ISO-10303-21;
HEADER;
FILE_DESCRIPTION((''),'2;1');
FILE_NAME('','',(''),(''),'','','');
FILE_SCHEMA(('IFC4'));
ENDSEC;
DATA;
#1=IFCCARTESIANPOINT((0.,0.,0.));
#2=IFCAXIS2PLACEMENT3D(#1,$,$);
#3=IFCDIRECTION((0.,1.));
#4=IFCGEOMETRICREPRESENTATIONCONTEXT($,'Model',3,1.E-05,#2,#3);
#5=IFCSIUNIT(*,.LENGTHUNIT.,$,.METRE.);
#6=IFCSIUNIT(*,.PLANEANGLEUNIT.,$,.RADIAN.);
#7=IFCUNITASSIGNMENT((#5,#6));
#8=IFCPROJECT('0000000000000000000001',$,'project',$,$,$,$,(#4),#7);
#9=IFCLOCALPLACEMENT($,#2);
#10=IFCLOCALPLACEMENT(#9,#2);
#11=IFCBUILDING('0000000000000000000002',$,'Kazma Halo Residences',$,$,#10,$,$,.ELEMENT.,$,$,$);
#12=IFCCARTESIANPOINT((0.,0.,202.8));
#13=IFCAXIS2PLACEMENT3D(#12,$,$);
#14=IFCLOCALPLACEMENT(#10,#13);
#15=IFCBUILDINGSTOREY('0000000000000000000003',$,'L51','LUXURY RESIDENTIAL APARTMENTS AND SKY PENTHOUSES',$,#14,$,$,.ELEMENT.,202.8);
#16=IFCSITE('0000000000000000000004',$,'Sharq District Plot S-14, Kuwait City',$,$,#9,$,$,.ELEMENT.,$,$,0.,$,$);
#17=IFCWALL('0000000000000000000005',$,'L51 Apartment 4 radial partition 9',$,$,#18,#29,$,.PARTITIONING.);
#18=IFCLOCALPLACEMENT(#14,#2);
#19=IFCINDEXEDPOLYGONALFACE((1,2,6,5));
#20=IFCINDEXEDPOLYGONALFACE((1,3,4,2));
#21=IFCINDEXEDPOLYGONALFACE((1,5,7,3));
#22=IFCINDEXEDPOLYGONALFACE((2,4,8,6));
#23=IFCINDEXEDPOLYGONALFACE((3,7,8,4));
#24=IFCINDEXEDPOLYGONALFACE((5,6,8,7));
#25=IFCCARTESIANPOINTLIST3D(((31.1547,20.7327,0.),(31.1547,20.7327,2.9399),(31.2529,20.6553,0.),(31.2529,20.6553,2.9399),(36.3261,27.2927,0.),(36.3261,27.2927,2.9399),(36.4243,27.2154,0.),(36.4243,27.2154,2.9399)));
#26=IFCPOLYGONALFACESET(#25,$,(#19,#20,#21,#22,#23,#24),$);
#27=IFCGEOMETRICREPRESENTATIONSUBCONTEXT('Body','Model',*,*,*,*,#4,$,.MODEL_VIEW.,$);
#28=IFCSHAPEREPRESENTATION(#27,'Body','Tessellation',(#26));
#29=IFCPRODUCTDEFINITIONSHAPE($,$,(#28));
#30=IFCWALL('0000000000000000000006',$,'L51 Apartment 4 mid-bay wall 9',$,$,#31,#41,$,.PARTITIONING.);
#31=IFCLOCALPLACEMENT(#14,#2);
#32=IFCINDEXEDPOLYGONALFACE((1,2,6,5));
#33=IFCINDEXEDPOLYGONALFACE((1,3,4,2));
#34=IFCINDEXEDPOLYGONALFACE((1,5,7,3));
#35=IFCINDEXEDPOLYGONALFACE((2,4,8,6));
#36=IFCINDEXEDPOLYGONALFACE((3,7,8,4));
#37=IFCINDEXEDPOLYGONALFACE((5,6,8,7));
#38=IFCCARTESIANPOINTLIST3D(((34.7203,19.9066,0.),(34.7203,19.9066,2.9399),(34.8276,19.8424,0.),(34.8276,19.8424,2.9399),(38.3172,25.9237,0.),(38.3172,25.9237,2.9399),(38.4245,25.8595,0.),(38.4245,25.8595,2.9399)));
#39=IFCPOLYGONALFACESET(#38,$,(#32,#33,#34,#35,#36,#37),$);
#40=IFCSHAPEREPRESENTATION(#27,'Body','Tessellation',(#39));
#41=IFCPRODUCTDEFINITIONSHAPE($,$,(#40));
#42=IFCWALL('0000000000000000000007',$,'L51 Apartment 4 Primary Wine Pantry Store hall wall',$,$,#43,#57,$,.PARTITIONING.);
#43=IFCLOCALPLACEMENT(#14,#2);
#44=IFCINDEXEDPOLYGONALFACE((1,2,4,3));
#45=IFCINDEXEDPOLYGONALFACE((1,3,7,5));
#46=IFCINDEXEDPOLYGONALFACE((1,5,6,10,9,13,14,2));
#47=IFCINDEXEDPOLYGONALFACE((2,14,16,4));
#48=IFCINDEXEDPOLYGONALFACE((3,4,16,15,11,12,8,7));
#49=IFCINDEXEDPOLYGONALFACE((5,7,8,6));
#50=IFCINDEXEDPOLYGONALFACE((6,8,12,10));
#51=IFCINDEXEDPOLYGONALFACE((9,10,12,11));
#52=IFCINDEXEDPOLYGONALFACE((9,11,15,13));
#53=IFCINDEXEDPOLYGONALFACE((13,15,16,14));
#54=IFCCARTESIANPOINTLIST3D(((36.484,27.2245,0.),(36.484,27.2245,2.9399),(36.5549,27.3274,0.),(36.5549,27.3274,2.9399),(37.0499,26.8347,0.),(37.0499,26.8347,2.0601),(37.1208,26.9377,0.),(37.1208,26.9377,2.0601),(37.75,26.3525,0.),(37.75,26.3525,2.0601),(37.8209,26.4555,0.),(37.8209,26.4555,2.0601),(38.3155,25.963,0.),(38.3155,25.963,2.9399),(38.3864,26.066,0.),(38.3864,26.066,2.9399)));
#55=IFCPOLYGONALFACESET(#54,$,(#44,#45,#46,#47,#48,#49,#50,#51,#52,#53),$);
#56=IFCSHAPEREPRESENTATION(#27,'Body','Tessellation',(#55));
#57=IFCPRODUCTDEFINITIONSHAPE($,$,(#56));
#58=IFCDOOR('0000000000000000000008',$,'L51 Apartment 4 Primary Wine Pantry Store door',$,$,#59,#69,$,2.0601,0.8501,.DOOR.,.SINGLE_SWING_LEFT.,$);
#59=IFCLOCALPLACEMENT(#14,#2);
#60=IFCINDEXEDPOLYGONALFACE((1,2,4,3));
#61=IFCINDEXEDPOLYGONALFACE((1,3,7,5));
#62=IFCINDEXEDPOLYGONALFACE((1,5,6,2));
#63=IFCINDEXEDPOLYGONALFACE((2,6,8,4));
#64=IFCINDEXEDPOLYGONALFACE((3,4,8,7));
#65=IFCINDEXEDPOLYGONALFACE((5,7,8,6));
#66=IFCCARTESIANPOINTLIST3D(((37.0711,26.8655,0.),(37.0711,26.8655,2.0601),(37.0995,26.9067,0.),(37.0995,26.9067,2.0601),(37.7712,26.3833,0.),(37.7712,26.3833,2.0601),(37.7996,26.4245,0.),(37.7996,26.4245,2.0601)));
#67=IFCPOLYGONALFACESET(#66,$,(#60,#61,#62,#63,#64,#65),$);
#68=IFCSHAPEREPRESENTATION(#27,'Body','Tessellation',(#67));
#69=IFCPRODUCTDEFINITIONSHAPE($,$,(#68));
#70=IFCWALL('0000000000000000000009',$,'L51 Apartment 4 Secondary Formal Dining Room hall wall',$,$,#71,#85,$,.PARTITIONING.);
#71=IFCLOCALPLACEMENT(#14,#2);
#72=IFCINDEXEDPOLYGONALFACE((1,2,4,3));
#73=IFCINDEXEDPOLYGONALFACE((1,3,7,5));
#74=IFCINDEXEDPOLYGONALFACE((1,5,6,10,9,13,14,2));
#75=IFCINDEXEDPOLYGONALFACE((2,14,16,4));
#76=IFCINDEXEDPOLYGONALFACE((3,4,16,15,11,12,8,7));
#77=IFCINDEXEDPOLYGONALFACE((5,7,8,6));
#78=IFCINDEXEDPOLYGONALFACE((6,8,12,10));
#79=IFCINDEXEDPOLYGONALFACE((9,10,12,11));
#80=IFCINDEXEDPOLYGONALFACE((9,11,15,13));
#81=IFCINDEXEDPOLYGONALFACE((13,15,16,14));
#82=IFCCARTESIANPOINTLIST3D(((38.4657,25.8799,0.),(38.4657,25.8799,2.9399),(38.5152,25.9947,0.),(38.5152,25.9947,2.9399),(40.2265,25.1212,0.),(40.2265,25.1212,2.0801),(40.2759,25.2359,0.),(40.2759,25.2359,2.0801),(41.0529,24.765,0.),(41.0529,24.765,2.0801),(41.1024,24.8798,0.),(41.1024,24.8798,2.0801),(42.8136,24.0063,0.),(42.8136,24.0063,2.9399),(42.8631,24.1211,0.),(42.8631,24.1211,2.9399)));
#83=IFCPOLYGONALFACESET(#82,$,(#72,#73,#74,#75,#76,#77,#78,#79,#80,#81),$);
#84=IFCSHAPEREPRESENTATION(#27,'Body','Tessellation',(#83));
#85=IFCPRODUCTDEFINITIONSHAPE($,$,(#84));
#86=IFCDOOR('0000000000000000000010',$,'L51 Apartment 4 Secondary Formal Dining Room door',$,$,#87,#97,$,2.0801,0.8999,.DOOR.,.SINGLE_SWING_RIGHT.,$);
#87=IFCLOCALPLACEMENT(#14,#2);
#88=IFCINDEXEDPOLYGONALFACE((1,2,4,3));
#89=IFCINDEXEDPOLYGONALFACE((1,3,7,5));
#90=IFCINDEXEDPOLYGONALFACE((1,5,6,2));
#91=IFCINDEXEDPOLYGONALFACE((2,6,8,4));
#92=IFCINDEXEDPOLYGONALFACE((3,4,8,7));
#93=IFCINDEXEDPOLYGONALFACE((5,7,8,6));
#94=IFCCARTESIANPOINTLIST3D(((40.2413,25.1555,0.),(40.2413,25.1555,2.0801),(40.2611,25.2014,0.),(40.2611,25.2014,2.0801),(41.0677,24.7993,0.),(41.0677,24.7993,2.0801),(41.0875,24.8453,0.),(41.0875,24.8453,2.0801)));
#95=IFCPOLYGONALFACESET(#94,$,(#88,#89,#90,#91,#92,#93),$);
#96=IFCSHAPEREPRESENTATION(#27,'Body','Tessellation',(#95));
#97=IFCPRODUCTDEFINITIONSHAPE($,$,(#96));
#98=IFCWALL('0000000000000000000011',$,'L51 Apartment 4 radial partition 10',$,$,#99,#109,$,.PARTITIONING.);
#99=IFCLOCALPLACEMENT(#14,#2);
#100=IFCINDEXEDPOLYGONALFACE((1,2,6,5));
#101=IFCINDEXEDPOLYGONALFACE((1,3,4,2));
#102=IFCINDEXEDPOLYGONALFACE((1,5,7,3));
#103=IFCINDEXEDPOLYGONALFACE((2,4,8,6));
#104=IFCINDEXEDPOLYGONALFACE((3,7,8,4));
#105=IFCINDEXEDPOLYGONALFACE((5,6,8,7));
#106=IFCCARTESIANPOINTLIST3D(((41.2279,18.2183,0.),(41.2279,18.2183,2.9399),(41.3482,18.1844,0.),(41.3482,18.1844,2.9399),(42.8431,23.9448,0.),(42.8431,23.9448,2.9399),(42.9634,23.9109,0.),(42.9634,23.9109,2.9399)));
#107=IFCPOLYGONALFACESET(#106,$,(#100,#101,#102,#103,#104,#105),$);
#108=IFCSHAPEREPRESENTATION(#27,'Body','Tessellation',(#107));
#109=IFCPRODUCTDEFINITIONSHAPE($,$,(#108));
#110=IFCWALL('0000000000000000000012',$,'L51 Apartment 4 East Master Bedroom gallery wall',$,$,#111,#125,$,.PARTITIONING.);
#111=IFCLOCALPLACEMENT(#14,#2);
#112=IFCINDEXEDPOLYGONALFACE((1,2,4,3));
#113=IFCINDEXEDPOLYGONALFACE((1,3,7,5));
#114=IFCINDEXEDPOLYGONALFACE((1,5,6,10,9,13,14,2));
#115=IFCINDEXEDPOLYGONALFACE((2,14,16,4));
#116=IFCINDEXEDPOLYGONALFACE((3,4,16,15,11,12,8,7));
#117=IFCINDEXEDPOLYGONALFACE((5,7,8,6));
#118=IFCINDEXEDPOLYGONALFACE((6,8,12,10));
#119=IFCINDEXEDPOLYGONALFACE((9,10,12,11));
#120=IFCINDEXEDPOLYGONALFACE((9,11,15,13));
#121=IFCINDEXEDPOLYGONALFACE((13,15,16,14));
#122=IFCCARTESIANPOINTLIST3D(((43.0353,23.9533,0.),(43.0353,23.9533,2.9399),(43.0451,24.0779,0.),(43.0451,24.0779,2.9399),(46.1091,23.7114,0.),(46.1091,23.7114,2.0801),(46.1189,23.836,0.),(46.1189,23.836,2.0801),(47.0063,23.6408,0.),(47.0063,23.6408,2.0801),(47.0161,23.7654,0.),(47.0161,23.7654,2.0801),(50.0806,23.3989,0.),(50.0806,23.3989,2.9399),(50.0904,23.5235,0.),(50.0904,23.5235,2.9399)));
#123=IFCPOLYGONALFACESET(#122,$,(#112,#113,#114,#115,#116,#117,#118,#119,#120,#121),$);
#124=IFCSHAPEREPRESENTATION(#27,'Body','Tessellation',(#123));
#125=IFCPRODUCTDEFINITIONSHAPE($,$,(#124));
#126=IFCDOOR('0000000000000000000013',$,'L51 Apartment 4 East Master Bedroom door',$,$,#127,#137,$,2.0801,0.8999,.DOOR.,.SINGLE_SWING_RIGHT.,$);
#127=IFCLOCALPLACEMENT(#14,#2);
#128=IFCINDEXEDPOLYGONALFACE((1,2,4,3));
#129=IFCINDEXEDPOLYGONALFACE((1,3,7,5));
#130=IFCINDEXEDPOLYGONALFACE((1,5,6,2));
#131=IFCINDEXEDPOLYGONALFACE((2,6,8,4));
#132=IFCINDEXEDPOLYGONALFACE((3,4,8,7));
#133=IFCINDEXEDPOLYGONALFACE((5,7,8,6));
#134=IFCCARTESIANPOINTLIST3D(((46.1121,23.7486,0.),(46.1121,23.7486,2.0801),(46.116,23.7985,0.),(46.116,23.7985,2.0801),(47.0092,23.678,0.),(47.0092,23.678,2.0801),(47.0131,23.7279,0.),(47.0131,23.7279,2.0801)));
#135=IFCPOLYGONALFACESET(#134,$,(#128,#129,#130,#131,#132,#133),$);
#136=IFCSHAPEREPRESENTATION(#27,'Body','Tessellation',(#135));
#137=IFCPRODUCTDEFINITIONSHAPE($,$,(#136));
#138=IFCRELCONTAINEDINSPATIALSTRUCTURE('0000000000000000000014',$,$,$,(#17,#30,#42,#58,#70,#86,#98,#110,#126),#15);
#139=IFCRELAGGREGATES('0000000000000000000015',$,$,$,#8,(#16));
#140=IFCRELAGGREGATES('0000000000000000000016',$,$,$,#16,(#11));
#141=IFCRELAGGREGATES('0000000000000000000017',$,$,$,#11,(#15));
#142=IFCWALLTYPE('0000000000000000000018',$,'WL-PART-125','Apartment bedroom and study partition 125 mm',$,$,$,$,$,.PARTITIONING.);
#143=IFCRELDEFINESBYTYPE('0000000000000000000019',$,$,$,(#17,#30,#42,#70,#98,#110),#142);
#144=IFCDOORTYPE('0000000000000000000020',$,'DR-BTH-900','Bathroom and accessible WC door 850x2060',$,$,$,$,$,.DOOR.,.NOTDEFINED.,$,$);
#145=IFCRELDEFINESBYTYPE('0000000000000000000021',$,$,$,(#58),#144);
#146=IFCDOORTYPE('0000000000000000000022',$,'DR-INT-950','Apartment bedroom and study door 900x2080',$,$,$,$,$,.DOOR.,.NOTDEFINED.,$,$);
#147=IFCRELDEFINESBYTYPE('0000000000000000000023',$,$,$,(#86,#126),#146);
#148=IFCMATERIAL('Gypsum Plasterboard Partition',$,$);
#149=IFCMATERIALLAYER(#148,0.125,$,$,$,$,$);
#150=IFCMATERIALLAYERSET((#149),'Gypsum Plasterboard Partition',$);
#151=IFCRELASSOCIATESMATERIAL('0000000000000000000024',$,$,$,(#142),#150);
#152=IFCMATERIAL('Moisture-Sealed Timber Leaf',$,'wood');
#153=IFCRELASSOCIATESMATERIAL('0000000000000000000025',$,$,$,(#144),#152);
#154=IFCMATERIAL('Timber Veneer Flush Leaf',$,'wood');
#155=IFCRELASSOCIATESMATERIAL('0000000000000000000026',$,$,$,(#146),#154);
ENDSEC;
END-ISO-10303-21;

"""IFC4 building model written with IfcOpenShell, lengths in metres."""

from ifc_helpers import new_model, si_unit, direction, frame, frame_2d, origin, place, context, subcontext, project, spatial, rectangle, extrude, material, layer, layer_set, type_object, element, fill, save


model = new_model("IFC4")

# Units and contexts
model_context = context("Model", 3, precision=1e-05, world=origin(), true_north=direction((0.0, 1.0)))
body_context = subcontext(model_context, "Body", "Model", "MODEL_VIEW")
ifc_project = project(units=[si_unit("LENGTHUNIT", "METRE"), si_unit("PLANEANGLEUNIT", "RADIAN")], contexts=[model_context])

# Site, building, storey
site_placement = place(None, origin())
site = spatial("IfcSite", under=ifc_project, at=site_placement, Name="Sharq District Plot S-14, Kuwait City", CompositionType="ELEMENT", RefElevation=0.0)
building_placement = place(site_placement, origin())
building = spatial("IfcBuilding", under=site, at=building_placement, Name="Kazma Halo Residences", CompositionType="ELEMENT")
storey_placement = place(building_placement, frame((0.0, 0.0, 202.8)))
storey = spatial("IfcBuildingStorey", under=building, at=storey_placement, Name="L51", Description="LUXURY RESIDENTIAL APARTMENTS AND SKY PENTHOUSES", CompositionType="ELEMENT", Elevation=202.8)

# Walls
ifc_material_1 = material(Name="Gypsum Plasterboard Partition")
ifc_layer_1 = layer(ifc_material_1, 0.125)
ifc_layer_set_1 = layer_set([ifc_layer_1], Name="Gypsum Plasterboard Partition")
wall_type_1 = type_object("IfcWallType", Name="WL-PART-125", Description="Apartment bedroom and study partition 125 mm", PredefinedType="PARTITIONING", material=ifc_layer_set_1)
wall_1_placement = place(storey_placement, frame((36.3752, 27.2542, 0.0), z_axis=(0.0, 0.0, 1.0), x_axis=(-0.619083, -0.785325, 0.0)))
element("IfcWall", 1, at=wall_1_placement, inside=storey, type_object=wall_type_1, Name="L51 Apartment 4 radial partition 9", PredefinedType="PARTITIONING", context=body_context, shape_type="SweptSolid", body=[
    extrude(rectangle(XDim=8.3533, YDim=0.125, at=frame_2d((4.1768, 0.0))), origin(), (0.0, 0.0, 1.0), 2.9399),
])
wall_2_placement = place(storey_placement, frame((38.3708, 25.8916, 0.0), z_axis=(0.0, 0.0, 1.0), x_axis=(-0.513097, -0.858331, 0.0)))
element("IfcWall", 2, at=wall_2_placement, inside=storey, type_object=wall_type_1, Name="L51 Apartment 4 mid-bay wall 9", PredefinedType="PARTITIONING", context=body_context, shape_type="SweptSolid", body=[
    extrude(rectangle(XDim=7.0103, YDim=0.125, at=frame_2d((3.5051, 0.0))), origin(), (0.0, 0.0, 1.0), 2.9399),
])

# Walls, openings, doors
wall_3_placement = place(storey_placement, frame((36.5195, 27.2759, 0.0), z_axis=(0.0, 0.0, 1.0), x_axis=(0.823561, -0.567227, 0.0)))
wall_3 = element("IfcWall", 3, at=wall_3_placement, inside=storey, type_object=wall_type_1, Name="L51 Apartment 4 Primary Wine Pantry Store hall wall", PredefinedType="PARTITIONING", context=body_context, shape_type="SweptSolid", body=[
    extrude(rectangle(XDim=2.2239, YDim=0.125, at=frame_2d((1.1118, 0.0))), origin(), (0.0, 0.0, 1.0), 2.9399),
])
opening_1_placement = place(wall_3_placement, frame((0.687, 0.0, 0.0)))
opening_1 = element("IfcOpeningElement", 4, at=opening_1_placement, cuts=wall_3, PredefinedType="OPENING", context=body_context, shape_type="SweptSolid", body=[
    extrude(rectangle(XDim=0.8501, YDim=2.0601, at=frame_2d((0.425, 1.03))), frame((0.0, 0.0725, 0.0), z_axis=(0.0, -1.0, 0.0), x_axis=(1.0, 0.0, 0.0)), (0.0, 0.0, 1.0), 0.145),
])
ifc_material_2 = material(Name="Moisture-Sealed Timber Leaf", Category="wood")
door_type_1 = type_object("IfcDoorType", Name="DR-BTH-900", Description="Bathroom and accessible WC door 850x2060", OperationType="NOTDEFINED", PredefinedType="DOOR", material=ifc_material_2)
door_1_placement = place(opening_1_placement, origin())
door_1 = element("IfcDoor", 5, at=door_1_placement, inside=storey, type_object=door_type_1, Name="L51 Apartment 4 Primary Wine Pantry Store door", OperationType="SINGLE_SWING_LEFT", OverallHeight=2.0601, OverallWidth=0.8501, PredefinedType="DOOR", context=body_context, shape_type="SweptSolid", body=[
    extrude(rectangle(XDim=0.8501, YDim=2.0601, at=frame_2d((0.425, 1.03))), frame((0.0, 0.0249, 0.0), z_axis=(0.0, -1.0, 0.0), x_axis=(1.0, 0.0, 0.0)), (0.0, 0.0, 1.0), 0.05),
])
fill(opening_1, door_1)
wall_4_placement = place(storey_placement, frame((38.4905, 25.9373, 0.0), z_axis=(0.0, 0.0, 1.0), x_axis=(0.918367, -0.39573, 0.0)))
wall_4 = element("IfcWall", 6, at=wall_4_placement, inside=storey, type_object=wall_type_1, Name="L51 Apartment 4 Secondary Formal Dining Room hall wall", PredefinedType="PARTITIONING", context=body_context, shape_type="SweptSolid", body=[
    extrude(rectangle(XDim=4.7344, YDim=0.125, at=frame_2d((2.3672, 0.0))), origin(), (0.0, 0.0, 1.0), 2.9399),
])
opening_2_placement = place(wall_4_placement, frame((1.9172, 0.0, 0.0)))
opening_2 = element("IfcOpeningElement", 7, at=opening_2_placement, cuts=wall_4, PredefinedType="OPENING", context=body_context, shape_type="SweptSolid", body=[
    extrude(rectangle(XDim=0.8999, YDim=2.0801, at=frame_2d((0.45, 1.04))), frame((0.0, 0.0725, 0.0), z_axis=(0.0, -1.0, 0.0), x_axis=(1.0, 0.0, 0.0)), (0.0, 0.0, 1.0), 0.145),
])
ifc_material_3 = material(Name="Timber Veneer Flush Leaf", Category="wood")
door_type_2 = type_object("IfcDoorType", Name="DR-INT-950", Description="Apartment bedroom and study door 900x2080", OperationType="NOTDEFINED", PredefinedType="DOOR", material=ifc_material_3)
door_2_placement = place(opening_2_placement, origin())
door_2 = element("IfcDoor", 8, at=door_2_placement, inside=storey, type_object=door_type_2, Name="L51 Apartment 4 Secondary Formal Dining Room door", OperationType="SINGLE_SWING_RIGHT", OverallHeight=2.0801, OverallWidth=0.8999, PredefinedType="DOOR", context=body_context, shape_type="SweptSolid", body=[
    extrude(rectangle(XDim=0.8999, YDim=2.0801, at=frame_2d((0.45, 1.04))), frame((0.0, 0.0249, 0.0), z_axis=(0.0, -1.0, 0.0), x_axis=(1.0, 0.0, 0.0)), (0.0, 0.0, 1.0), 0.05),
])
fill(opening_2, door_2)

# Wall
wall_5_placement = place(storey_placement, frame((42.9033, 23.928, 0.0), z_axis=(0.0, 0.0, 1.0), x_axis=(-0.271468, -0.962447, 0.0)))
element("IfcWall", 9, at=wall_5_placement, inside=storey, type_object=wall_type_1, Name="L51 Apartment 4 radial partition 10", PredefinedType="PARTITIONING", context=body_context, shape_type="SweptSolid", body=[
    extrude(rectangle(XDim=5.95, YDim=0.125, at=frame_2d((2.9751, 0.0))), origin(), (0.0, 0.0, 1.0), 2.9399),
])

# Wall, opening, door
wall_6_placement = place(storey_placement, frame((43.04, 24.0156, 0.0), z_axis=(0.0, 0.0, 1.0), x_axis=(0.996918, -0.078453, 0.0)))
wall_6 = element("IfcWall", 10, at=wall_6_placement, inside=storey, type_object=wall_type_1, Name="L51 Apartment 4 East Master Bedroom gallery wall", PredefinedType="PARTITIONING", context=body_context, shape_type="SweptSolid", body=[
    extrude(rectangle(XDim=7.0671, YDim=0.125, at=frame_2d((3.5337, 0.0))), origin(), (0.0, 0.0, 1.0), 2.9399),
])
opening_3_placement = place(wall_6_placement, frame((3.0835, 0.0, 0.0)))
opening_3 = element("IfcOpeningElement", 11, at=opening_3_placement, cuts=wall_6, PredefinedType="OPENING", context=body_context, shape_type="SweptSolid", body=[
    extrude(rectangle(XDim=0.8999, YDim=2.0801, at=frame_2d((0.45, 1.04))), frame((0.0, 0.0725, 0.0), z_axis=(0.0, -1.0, 0.0), x_axis=(1.0, 0.0, 0.0)), (0.0, 0.0, 1.0), 0.145),
])
door_3_placement = place(opening_3_placement, origin())
door_3 = element("IfcDoor", 12, at=door_3_placement, inside=storey, type_object=door_type_2, Name="L51 Apartment 4 East Master Bedroom door", OperationType="SINGLE_SWING_RIGHT", OverallHeight=2.0801, OverallWidth=0.8999, PredefinedType="DOOR", context=body_context, shape_type="SweptSolid", body=[
    extrude(rectangle(XDim=0.8999, YDim=2.0801, at=frame_2d((0.45, 1.04))), frame((0.0, 0.0249, 0.0), z_axis=(0.0, -1.0, 0.0), x_axis=(1.0, 0.0, 0.0)), (0.0, 0.0, 1.0), 0.05),
])
fill(opening_3, door_3)

save(model, "model.ifc")
